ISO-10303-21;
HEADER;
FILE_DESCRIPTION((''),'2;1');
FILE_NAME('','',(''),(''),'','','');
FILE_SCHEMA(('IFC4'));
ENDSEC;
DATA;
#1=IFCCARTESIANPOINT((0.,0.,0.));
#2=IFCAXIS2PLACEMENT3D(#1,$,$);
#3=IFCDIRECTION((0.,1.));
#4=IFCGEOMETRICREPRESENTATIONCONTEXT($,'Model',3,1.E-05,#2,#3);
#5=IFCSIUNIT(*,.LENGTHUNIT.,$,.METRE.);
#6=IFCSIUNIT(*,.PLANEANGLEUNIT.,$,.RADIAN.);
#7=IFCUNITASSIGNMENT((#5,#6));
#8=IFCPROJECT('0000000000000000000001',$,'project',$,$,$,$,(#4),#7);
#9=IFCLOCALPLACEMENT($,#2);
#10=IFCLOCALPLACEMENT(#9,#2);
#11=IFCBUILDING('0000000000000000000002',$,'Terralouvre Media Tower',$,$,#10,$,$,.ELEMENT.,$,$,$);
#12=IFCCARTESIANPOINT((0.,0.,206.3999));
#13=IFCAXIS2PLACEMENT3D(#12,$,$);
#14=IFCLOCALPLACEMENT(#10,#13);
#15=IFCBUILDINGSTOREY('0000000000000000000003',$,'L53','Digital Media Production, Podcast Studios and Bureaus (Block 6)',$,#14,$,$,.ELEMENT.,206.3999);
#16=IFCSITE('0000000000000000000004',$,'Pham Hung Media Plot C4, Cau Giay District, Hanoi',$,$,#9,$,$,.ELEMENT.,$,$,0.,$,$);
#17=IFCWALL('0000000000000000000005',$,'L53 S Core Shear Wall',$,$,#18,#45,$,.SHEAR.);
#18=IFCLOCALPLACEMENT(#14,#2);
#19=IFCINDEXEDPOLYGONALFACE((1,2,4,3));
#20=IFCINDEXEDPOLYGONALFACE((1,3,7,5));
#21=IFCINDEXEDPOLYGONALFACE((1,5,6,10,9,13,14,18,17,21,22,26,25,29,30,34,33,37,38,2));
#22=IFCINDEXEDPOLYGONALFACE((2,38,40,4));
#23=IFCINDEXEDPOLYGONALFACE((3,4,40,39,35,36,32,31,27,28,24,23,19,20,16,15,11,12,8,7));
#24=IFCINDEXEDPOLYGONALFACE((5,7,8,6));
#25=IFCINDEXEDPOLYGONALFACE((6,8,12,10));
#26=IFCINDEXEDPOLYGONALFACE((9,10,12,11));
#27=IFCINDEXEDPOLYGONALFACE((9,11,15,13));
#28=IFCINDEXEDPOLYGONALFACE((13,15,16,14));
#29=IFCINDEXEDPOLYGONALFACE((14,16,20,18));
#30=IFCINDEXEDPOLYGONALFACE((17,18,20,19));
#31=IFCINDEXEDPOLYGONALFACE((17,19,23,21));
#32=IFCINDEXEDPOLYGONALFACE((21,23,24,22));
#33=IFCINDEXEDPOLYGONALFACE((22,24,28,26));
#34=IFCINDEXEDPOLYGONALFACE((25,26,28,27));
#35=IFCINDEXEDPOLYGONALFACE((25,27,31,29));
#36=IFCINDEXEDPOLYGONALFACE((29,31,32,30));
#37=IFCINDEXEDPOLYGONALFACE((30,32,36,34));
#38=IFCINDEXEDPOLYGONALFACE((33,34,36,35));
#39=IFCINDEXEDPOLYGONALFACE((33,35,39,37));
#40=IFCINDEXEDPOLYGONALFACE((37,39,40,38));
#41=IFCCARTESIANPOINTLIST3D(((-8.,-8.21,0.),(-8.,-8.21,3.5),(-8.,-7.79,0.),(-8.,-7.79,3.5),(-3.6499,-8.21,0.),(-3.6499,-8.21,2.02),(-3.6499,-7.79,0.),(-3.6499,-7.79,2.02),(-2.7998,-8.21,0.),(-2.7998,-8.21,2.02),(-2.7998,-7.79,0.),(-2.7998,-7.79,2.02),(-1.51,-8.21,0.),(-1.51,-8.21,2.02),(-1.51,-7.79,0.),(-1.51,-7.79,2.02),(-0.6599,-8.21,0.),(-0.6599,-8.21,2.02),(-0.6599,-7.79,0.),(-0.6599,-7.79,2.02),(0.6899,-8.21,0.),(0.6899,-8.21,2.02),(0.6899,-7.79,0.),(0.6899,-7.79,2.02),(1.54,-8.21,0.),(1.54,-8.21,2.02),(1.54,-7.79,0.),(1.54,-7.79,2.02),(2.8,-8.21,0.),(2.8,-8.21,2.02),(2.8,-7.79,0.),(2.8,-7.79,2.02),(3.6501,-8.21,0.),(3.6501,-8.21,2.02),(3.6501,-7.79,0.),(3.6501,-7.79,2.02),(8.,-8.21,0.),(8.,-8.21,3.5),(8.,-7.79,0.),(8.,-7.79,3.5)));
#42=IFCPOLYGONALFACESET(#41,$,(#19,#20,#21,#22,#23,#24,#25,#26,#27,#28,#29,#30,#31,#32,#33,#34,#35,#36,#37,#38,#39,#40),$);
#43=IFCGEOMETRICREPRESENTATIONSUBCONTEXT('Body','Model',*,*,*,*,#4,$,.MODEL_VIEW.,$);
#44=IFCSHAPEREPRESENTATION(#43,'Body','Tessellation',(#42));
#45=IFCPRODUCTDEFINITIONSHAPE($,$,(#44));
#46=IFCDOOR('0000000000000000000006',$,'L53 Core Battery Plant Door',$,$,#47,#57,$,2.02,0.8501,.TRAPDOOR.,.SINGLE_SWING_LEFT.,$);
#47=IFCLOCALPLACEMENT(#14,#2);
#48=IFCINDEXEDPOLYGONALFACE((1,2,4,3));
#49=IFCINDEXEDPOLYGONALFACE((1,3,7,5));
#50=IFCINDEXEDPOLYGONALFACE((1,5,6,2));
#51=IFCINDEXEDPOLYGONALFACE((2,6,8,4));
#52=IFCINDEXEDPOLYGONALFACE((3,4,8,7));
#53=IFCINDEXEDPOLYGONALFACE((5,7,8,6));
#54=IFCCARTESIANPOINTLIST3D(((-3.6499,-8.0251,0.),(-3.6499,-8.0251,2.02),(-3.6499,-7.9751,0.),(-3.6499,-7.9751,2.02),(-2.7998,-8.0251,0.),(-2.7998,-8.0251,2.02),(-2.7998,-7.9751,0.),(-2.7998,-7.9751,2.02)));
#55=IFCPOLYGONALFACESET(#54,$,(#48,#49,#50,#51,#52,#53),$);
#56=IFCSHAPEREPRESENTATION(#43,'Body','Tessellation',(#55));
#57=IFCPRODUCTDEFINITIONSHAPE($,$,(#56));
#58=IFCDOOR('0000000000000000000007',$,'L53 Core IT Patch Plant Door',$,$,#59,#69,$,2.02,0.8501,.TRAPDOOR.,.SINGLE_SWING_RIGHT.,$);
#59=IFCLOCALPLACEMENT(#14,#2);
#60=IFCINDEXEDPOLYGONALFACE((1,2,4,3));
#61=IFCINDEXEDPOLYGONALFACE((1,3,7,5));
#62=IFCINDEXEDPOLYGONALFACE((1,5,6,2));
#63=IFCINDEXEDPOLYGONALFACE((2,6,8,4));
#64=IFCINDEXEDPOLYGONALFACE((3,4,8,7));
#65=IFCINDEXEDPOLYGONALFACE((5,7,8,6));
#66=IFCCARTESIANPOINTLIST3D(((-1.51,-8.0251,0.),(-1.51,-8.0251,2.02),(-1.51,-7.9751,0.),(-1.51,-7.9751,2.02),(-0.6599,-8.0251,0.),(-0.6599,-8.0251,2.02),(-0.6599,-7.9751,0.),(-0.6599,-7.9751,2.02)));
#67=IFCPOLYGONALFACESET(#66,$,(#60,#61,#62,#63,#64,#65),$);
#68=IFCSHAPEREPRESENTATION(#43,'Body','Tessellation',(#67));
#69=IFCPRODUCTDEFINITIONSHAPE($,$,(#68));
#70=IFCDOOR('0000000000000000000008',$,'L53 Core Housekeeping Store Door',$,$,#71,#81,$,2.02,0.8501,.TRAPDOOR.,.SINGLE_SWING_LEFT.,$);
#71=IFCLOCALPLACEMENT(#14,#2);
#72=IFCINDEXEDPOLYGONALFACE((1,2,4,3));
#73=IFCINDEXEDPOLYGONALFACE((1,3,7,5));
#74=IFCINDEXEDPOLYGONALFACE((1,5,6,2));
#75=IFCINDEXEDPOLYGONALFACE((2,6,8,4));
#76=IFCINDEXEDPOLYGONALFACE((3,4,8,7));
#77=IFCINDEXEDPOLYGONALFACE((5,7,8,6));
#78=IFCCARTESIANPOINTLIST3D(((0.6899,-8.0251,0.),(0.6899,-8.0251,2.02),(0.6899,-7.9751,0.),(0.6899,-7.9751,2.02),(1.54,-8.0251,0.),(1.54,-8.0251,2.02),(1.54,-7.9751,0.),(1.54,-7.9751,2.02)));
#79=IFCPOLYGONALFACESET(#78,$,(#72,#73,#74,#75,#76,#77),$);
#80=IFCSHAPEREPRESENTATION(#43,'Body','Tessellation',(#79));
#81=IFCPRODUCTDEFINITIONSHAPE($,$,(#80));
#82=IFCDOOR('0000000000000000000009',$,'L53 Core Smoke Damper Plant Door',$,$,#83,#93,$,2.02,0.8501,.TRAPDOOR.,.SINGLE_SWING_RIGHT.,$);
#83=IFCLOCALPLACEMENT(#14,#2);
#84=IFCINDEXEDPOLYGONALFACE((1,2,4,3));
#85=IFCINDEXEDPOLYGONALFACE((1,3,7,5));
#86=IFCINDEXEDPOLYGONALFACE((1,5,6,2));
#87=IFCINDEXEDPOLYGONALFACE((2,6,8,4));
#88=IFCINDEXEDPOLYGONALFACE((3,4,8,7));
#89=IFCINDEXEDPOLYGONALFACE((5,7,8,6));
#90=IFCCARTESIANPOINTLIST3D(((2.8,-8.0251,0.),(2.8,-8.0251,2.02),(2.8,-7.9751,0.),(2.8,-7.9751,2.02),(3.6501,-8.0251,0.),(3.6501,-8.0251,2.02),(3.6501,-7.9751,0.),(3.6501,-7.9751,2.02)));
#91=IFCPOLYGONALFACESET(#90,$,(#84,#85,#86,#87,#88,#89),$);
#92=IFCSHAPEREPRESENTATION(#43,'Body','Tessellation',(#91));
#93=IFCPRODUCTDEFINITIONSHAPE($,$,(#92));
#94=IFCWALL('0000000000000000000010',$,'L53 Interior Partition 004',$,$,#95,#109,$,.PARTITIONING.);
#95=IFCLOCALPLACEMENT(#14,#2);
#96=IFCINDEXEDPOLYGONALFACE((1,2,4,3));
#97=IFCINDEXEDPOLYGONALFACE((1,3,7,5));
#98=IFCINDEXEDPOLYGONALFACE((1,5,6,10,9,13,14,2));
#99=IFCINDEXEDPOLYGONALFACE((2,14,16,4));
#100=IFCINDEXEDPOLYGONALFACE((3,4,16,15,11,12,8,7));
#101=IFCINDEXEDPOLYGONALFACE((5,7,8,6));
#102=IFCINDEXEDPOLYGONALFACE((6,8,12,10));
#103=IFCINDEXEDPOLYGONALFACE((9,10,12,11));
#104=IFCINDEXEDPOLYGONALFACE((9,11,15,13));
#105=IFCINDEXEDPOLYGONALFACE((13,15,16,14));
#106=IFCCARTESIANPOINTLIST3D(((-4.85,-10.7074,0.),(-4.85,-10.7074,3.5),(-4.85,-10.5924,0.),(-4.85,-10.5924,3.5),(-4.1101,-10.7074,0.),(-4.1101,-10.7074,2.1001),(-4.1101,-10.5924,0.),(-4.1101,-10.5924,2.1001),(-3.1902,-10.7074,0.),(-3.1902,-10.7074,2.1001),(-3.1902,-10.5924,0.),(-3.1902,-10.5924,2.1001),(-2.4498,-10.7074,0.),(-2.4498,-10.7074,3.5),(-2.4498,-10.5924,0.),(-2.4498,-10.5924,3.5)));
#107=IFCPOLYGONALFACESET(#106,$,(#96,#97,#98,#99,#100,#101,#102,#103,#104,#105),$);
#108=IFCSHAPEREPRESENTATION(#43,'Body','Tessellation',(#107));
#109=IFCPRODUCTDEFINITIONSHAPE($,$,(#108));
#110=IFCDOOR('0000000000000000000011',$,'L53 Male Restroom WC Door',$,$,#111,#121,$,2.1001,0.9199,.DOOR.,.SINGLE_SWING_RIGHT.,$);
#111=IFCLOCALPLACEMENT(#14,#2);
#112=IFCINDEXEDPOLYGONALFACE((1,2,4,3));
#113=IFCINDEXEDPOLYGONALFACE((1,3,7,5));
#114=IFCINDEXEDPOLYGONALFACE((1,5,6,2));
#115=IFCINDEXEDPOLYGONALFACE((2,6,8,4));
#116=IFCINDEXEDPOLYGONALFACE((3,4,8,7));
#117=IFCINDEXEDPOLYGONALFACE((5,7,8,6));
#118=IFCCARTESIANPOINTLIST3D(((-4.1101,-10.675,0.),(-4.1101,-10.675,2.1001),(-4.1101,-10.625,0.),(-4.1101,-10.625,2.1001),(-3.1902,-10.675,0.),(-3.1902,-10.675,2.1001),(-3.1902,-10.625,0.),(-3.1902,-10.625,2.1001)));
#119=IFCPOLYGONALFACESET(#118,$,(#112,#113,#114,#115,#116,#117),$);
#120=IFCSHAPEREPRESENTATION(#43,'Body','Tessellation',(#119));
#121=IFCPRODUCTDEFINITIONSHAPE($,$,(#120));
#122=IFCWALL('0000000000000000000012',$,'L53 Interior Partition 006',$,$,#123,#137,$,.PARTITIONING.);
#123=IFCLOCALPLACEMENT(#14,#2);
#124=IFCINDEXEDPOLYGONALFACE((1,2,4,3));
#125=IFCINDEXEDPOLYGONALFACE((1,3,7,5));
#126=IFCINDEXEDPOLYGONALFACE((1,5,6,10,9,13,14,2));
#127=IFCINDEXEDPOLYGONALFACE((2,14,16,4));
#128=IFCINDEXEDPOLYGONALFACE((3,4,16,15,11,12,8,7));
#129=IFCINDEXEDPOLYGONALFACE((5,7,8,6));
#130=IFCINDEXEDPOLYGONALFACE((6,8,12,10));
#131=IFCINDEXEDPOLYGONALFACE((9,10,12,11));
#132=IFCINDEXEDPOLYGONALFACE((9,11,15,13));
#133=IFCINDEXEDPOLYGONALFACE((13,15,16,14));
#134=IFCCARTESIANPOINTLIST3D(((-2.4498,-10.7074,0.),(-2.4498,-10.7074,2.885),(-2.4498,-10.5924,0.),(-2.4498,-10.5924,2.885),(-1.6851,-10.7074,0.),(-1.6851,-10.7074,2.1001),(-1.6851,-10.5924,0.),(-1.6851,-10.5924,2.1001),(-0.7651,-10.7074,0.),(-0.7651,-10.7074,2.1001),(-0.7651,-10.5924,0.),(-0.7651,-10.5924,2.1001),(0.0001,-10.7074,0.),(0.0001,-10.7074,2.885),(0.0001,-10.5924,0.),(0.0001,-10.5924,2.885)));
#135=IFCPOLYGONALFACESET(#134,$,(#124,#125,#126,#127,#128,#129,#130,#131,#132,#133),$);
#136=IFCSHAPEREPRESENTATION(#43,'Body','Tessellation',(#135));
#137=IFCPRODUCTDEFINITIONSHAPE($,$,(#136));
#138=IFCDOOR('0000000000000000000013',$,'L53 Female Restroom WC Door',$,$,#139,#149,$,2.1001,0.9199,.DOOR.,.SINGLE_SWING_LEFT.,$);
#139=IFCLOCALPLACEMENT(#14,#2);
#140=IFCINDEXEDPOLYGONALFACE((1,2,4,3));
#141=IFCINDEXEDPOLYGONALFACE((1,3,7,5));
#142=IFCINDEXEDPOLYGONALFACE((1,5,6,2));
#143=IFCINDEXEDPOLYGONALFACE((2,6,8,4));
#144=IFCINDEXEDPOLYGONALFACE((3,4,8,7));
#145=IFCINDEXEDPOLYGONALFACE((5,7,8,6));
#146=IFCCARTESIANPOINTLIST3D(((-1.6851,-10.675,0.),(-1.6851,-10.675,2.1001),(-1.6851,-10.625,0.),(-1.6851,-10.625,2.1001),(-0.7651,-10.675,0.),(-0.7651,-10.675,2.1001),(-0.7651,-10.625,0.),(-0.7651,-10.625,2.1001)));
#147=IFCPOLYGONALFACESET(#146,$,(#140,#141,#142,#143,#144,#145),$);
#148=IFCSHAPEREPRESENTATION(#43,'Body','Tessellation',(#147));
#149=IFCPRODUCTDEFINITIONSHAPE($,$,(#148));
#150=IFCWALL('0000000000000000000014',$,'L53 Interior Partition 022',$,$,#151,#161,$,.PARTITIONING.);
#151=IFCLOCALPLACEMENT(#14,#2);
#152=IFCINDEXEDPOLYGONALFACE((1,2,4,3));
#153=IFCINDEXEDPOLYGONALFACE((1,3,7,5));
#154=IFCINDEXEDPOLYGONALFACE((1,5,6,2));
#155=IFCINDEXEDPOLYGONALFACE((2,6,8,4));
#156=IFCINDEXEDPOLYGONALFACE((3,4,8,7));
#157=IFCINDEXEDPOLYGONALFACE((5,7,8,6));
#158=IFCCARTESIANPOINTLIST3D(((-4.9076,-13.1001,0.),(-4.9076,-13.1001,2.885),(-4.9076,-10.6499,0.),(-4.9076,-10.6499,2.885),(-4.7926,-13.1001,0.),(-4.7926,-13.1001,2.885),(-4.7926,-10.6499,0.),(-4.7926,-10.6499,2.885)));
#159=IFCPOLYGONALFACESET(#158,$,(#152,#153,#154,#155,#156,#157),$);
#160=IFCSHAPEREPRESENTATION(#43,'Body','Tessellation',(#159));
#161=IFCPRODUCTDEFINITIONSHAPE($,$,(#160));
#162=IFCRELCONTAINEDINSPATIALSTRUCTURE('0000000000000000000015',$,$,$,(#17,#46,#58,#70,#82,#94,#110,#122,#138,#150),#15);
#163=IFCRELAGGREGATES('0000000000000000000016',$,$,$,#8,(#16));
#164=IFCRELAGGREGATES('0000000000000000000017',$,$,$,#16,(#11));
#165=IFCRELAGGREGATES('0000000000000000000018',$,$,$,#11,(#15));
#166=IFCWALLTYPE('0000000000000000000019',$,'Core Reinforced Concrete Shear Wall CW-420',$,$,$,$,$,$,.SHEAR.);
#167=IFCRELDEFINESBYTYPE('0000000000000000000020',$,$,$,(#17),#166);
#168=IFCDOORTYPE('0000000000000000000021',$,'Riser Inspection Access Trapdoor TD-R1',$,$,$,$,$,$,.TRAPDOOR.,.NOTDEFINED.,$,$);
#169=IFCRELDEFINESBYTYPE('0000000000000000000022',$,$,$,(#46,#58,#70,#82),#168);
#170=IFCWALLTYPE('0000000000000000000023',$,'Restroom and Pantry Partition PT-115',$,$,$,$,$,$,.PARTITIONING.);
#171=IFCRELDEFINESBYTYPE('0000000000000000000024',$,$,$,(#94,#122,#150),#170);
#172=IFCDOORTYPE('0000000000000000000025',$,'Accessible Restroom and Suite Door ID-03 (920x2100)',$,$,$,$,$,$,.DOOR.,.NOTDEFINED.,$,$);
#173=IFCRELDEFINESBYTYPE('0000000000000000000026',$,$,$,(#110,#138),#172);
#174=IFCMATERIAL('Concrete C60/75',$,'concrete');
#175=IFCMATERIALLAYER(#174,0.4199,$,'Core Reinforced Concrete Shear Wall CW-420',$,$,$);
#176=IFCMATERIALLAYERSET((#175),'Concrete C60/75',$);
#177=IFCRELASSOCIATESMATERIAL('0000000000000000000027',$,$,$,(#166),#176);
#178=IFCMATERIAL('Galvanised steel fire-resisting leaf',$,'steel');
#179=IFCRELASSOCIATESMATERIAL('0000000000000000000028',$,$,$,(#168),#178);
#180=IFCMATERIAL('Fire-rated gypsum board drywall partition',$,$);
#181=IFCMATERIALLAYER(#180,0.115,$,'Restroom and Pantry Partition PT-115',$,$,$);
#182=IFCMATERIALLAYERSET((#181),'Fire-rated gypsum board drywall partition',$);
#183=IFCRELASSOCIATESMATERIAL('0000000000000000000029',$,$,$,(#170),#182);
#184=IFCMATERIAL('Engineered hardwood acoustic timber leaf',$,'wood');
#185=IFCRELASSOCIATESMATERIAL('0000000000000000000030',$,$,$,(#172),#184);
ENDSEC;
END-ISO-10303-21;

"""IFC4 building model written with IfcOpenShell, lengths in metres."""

from ifc_helpers import new_model, si_unit, direction, frame, frame_2d, origin, place, context, subcontext, project, spatial, rectangle, extrude, material, layer, layer_set, type_object, element, fill, save


model = new_model("IFC4")

# Units and contexts
model_context = context("Model", 3, precision=1e-05, world=origin(), true_north=direction((0.0, 1.0)))
body_context = subcontext(model_context, "Body", "Model", "MODEL_VIEW")
ifc_project = project(units=[si_unit("LENGTHUNIT", "METRE"), si_unit("PLANEANGLEUNIT", "RADIAN")], contexts=[model_context])

# Site, building, storey
site_placement = place(None, origin())
site = spatial("IfcSite", under=ifc_project, at=site_placement, Name="Pham Hung Media Plot C4, Cau Giay District, Hanoi", CompositionType="ELEMENT", RefElevation=0.0)
building_placement = place(site_placement, origin())
building = spatial("IfcBuilding", under=site, at=building_placement, Name="Terralouvre Media Tower", CompositionType="ELEMENT")
storey_placement = place(building_placement, frame((0.0, 0.0, 206.3999)))
storey = spatial("IfcBuildingStorey", under=building, at=storey_placement, Name="L53", Description="Digital Media Production, Podcast Studios and Bureaus (Block 6)", CompositionType="ELEMENT", Elevation=206.3999)

# Wall, openings, doors
ifc_material_1 = material(Name="Concrete C60/75", Category="concrete")
ifc_layer_1 = layer(ifc_material_1, 0.4199, Name="Core Reinforced Concrete Shear Wall CW-420")
ifc_layer_set_1 = layer_set([ifc_layer_1], Name="Concrete C60/75")
wall_type_1 = type_object("IfcWallType", Name="Core Reinforced Concrete Shear Wall CW-420", PredefinedType="SHEAR", material=ifc_layer_set_1)
ifc_material_2 = material(Name="Galvanised steel fire-resisting leaf", Category="steel")
door_type_1 = type_object("IfcDoorType", Name="Riser Inspection Access Trapdoor TD-R1", OperationType="NOTDEFINED", PredefinedType="TRAPDOOR", material=ifc_material_2)
wall_1_placement = place(storey_placement, frame((-8.0, -8.0, 0.0), z_axis=(0.0, 0.0, 1.0), x_axis=(1.0, 0.0, 0.0)))
wall_1 = element("IfcWall", 1, at=wall_1_placement, inside=storey, type_object=wall_type_1, Name="L53 S Core Shear Wall", PredefinedType="SHEAR", context=body_context, shape_type="SweptSolid", body=[
    extrude(rectangle(XDim=16.0, YDim=0.4199, at=frame_2d((8.0, 0.0))), origin(), (0.0, 0.0, 1.0), 3.5),
])
opening_1_placement = place(wall_1_placement, frame((4.3501, 0.0, 0.0)))
opening_1 = element("IfcOpeningElement", 2, at=opening_1_placement, cuts=wall_1, PredefinedType="OPENING", context=body_context, shape_type="SweptSolid", body=[
    extrude(rectangle(XDim=0.8501, YDim=2.02, at=frame_2d((0.425, 1.01))), frame((0.0, 0.22, 0.0), z_axis=(0.0, -1.0, 0.0), x_axis=(1.0, 0.0, 0.0)), (0.0, 0.0, 1.0), 0.4399),
])
opening_2_placement = place(wall_1_placement, frame((6.49, 0.0, 0.0)))
opening_2 = element("IfcOpeningElement", 3, at=opening_2_placement, cuts=wall_1, PredefinedType="OPENING", context=body_context, shape_type="SweptSolid", body=[
    extrude(rectangle(XDim=0.8501, YDim=2.02, at=frame_2d((0.425, 1.01))), frame((0.0, 0.22, 0.0), z_axis=(0.0, -1.0, 0.0), x_axis=(1.0, 0.0, 0.0)), (0.0, 0.0, 1.0), 0.4399),
])
opening_3_placement = place(wall_1_placement, frame((8.6899, 0.0, 0.0)))
opening_3 = element("IfcOpeningElement", 4, at=opening_3_placement, cuts=wall_1, PredefinedType="OPENING", context=body_context, shape_type="SweptSolid", body=[
    extrude(rectangle(XDim=0.8501, YDim=2.02, at=frame_2d((0.425, 1.01))), frame((0.0, 0.22, 0.0), z_axis=(0.0, -1.0, 0.0), x_axis=(1.0, 0.0, 0.0)), (0.0, 0.0, 1.0), 0.4399),
])
opening_4_placement = place(wall_1_placement, frame((10.8, 0.0, 0.0)))
opening_4 = element("IfcOpeningElement", 5, at=opening_4_placement, cuts=wall_1, PredefinedType="OPENING", context=body_context, shape_type="SweptSolid", body=[
    extrude(rectangle(XDim=0.8501, YDim=2.02, at=frame_2d((0.425, 1.01))), frame((0.0, 0.22, 0.0), z_axis=(0.0, -1.0, 0.0), x_axis=(1.0, 0.0, 0.0)), (0.0, 0.0, 1.0), 0.4399),
])
door_1_placement = place(opening_1_placement, origin())
door_1 = element("IfcDoor", 6, at=door_1_placement, inside=storey, type_object=door_type_1, Name="L53 Core Battery Plant Door", OperationType="SINGLE_SWING_LEFT", OverallHeight=2.02, OverallWidth=0.8501, PredefinedType="TRAPDOOR", context=body_context, shape_type="SweptSolid", body=[
    extrude(rectangle(XDim=0.8501, YDim=2.02, at=frame_2d((0.425, 1.01))), frame((0.0, 0.0249, 0.0), z_axis=(0.0, -1.0, 0.0), x_axis=(1.0, 0.0, 0.0)), (0.0, 0.0, 1.0), 0.05),
])
fill(opening_1, door_1)
door_2_placement = place(opening_2_placement, origin())
door_2 = element("IfcDoor", 7, at=door_2_placement, inside=storey, type_object=door_type_1, Name="L53 Core IT Patch Plant Door", OperationType="SINGLE_SWING_RIGHT", OverallHeight=2.02, OverallWidth=0.8501, PredefinedType="TRAPDOOR", context=body_context, shape_type="SweptSolid", body=[
    extrude(rectangle(XDim=0.8501, YDim=2.02, at=frame_2d((0.425, 1.01))), frame((0.0, 0.0249, 0.0), z_axis=(0.0, -1.0, 0.0), x_axis=(1.0, 0.0, 0.0)), (0.0, 0.0, 1.0), 0.05),
])
fill(opening_2, door_2)
door_3_placement = place(opening_3_placement, origin())
door_3 = element("IfcDoor", 8, at=door_3_placement, inside=storey, type_object=door_type_1, Name="L53 Core Housekeeping Store Door", OperationType="SINGLE_SWING_LEFT", OverallHeight=2.02, OverallWidth=0.8501, PredefinedType="TRAPDOOR", context=body_context, shape_type="SweptSolid", body=[
    extrude(rectangle(XDim=0.8501, YDim=2.02, at=frame_2d((0.425, 1.01))), frame((0.0, 0.0249, 0.0), z_axis=(0.0, -1.0, 0.0), x_axis=(1.0, 0.0, 0.0)), (0.0, 0.0, 1.0), 0.05),
])
fill(opening_3, door_3)
door_4_placement = place(opening_4_placement, origin())
door_4 = element("IfcDoor", 9, at=door_4_placement, inside=storey, type_object=door_type_1, Name="L53 Core Smoke Damper Plant Door", OperationType="SINGLE_SWING_RIGHT", OverallHeight=2.02, OverallWidth=0.8501, PredefinedType="TRAPDOOR", context=body_context, shape_type="SweptSolid", body=[
    extrude(rectangle(XDim=0.8501, YDim=2.02, at=frame_2d((0.425, 1.01))), frame((0.0, 0.0249, 0.0), z_axis=(0.0, -1.0, 0.0), x_axis=(1.0, 0.0, 0.0)), (0.0, 0.0, 1.0), 0.05),
])
fill(opening_4, door_4)

# Walls, openings, doors
ifc_material_3 = material(Name="Fire-rated gypsum board drywall partition")
ifc_layer_2 = layer(ifc_material_3, 0.115, Name="Restroom and Pantry Partition PT-115")
ifc_layer_set_2 = layer_set([ifc_layer_2], Name="Fire-rated gypsum board drywall partition")
wall_type_2 = type_object("IfcWallType", Name="Restroom and Pantry Partition PT-115", PredefinedType="PARTITIONING", material=ifc_layer_set_2)
wall_2_placement = place(storey_placement, frame((-4.8501, -10.6499, 0.0), z_axis=(0.0, 0.0, 1.0), x_axis=(1.0, 0.0, 0.0)))
wall_2 = element("IfcWall", 10, at=wall_2_placement, inside=storey, type_object=wall_type_2, Name="L53 Interior Partition 004", PredefinedType="PARTITIONING", context=body_context, shape_type="SweptSolid", body=[
    extrude(rectangle(XDim=2.4001, YDim=0.115, at=frame_2d((1.2002, 0.0))), origin(), (0.0, 0.0, 1.0), 3.5),
])
opening_5_placement = place(wall_2_placement, frame((0.74, 0.0, 0.0)))
opening_5 = element("IfcOpeningElement", 11, at=opening_5_placement, cuts=wall_2, PredefinedType="OPENING", context=body_context, shape_type="SweptSolid", body=[
    extrude(rectangle(XDim=0.9199, YDim=2.1001, at=frame_2d((0.46, 1.05))), frame((0.0, 0.0674, 0.0), z_axis=(0.0, -1.0, 0.0), x_axis=(1.0, 0.0, 0.0)), (0.0, 0.0, 1.0), 0.135),
])
ifc_material_4 = material(Name="Engineered hardwood acoustic timber leaf", Category="wood")
door_type_2 = type_object("IfcDoorType", Name="Accessible Restroom and Suite Door ID-03 (920x2100)", OperationType="NOTDEFINED", PredefinedType="DOOR", material=ifc_material_4)
door_5_placement = place(opening_5_placement, origin())
door_5 = element("IfcDoor", 12, at=door_5_placement, inside=storey, type_object=door_type_2, Name="L53 Male Restroom WC Door", OperationType="SINGLE_SWING_RIGHT", OverallHeight=2.1001, OverallWidth=0.9199, PredefinedType="DOOR", context=body_context, shape_type="SweptSolid", body=[
    extrude(rectangle(XDim=0.9199, YDim=2.1001, at=frame_2d((0.46, 1.05))), frame((0.0, 0.0249, 0.0), z_axis=(0.0, -1.0, 0.0), x_axis=(1.0, 0.0, 0.0)), (0.0, 0.0, 1.0), 0.05),
])
fill(opening_5, door_5)
wall_3_placement = place(storey_placement, frame((-2.45, -10.6499, 0.0), z_axis=(0.0, 0.0, 1.0), x_axis=(1.0, 0.0, 0.0)))
wall_3 = element("IfcWall", 13, at=wall_3_placement, inside=storey, type_object=wall_type_2, Name="L53 Interior Partition 006", PredefinedType="PARTITIONING", context=body_context, shape_type="SweptSolid", body=[
    extrude(rectangle(XDim=2.45, YDim=0.115, at=frame_2d((1.2251, 0.0))), origin(), (0.0, 0.0, 1.0), 2.885),
])
opening_6_placement = place(wall_3_placement, frame((0.7649, 0.0, 0.0)))
opening_6 = element("IfcOpeningElement", 14, at=opening_6_placement, cuts=wall_3, PredefinedType="OPENING", context=body_context, shape_type="SweptSolid", body=[
    extrude(rectangle(XDim=0.9199, YDim=2.1001, at=frame_2d((0.46, 1.05))), frame((0.0, 0.0674, 0.0), z_axis=(0.0, -1.0, 0.0), x_axis=(1.0, 0.0, 0.0)), (0.0, 0.0, 1.0), 0.135),
])
door_6_placement = place(opening_6_placement, origin())
door_6 = element("IfcDoor", 15, at=door_6_placement, inside=storey, type_object=door_type_2, Name="L53 Female Restroom WC Door", OperationType="SINGLE_SWING_LEFT", OverallHeight=2.1001, OverallWidth=0.9199, PredefinedType="DOOR", context=body_context, shape_type="SweptSolid", body=[
    extrude(rectangle(XDim=0.9199, YDim=2.1001, at=frame_2d((0.46, 1.05))), frame((0.0, 0.0249, 0.0), z_axis=(0.0, -1.0, 0.0), x_axis=(1.0, 0.0, 0.0)), (0.0, 0.0, 1.0), 0.05),
])
fill(opening_6, door_6)

# Wall
wall_4_placement = place(storey_placement, frame((-4.8501, -10.6499, 0.0), z_axis=(0.0, 0.0, 1.0), x_axis=(0.0, -1.0, 0.0)))
element("IfcWall", 16, at=wall_4_placement, inside=storey, type_object=wall_type_2, Name="L53 Interior Partition 022", PredefinedType="PARTITIONING", context=body_context, shape_type="SweptSolid", body=[
    extrude(rectangle(XDim=2.4502, YDim=0.115, at=frame_2d((1.2251, 0.0))), origin(), (0.0, 0.0, 1.0), 2.885),
])

save(model, "model.ifc")
